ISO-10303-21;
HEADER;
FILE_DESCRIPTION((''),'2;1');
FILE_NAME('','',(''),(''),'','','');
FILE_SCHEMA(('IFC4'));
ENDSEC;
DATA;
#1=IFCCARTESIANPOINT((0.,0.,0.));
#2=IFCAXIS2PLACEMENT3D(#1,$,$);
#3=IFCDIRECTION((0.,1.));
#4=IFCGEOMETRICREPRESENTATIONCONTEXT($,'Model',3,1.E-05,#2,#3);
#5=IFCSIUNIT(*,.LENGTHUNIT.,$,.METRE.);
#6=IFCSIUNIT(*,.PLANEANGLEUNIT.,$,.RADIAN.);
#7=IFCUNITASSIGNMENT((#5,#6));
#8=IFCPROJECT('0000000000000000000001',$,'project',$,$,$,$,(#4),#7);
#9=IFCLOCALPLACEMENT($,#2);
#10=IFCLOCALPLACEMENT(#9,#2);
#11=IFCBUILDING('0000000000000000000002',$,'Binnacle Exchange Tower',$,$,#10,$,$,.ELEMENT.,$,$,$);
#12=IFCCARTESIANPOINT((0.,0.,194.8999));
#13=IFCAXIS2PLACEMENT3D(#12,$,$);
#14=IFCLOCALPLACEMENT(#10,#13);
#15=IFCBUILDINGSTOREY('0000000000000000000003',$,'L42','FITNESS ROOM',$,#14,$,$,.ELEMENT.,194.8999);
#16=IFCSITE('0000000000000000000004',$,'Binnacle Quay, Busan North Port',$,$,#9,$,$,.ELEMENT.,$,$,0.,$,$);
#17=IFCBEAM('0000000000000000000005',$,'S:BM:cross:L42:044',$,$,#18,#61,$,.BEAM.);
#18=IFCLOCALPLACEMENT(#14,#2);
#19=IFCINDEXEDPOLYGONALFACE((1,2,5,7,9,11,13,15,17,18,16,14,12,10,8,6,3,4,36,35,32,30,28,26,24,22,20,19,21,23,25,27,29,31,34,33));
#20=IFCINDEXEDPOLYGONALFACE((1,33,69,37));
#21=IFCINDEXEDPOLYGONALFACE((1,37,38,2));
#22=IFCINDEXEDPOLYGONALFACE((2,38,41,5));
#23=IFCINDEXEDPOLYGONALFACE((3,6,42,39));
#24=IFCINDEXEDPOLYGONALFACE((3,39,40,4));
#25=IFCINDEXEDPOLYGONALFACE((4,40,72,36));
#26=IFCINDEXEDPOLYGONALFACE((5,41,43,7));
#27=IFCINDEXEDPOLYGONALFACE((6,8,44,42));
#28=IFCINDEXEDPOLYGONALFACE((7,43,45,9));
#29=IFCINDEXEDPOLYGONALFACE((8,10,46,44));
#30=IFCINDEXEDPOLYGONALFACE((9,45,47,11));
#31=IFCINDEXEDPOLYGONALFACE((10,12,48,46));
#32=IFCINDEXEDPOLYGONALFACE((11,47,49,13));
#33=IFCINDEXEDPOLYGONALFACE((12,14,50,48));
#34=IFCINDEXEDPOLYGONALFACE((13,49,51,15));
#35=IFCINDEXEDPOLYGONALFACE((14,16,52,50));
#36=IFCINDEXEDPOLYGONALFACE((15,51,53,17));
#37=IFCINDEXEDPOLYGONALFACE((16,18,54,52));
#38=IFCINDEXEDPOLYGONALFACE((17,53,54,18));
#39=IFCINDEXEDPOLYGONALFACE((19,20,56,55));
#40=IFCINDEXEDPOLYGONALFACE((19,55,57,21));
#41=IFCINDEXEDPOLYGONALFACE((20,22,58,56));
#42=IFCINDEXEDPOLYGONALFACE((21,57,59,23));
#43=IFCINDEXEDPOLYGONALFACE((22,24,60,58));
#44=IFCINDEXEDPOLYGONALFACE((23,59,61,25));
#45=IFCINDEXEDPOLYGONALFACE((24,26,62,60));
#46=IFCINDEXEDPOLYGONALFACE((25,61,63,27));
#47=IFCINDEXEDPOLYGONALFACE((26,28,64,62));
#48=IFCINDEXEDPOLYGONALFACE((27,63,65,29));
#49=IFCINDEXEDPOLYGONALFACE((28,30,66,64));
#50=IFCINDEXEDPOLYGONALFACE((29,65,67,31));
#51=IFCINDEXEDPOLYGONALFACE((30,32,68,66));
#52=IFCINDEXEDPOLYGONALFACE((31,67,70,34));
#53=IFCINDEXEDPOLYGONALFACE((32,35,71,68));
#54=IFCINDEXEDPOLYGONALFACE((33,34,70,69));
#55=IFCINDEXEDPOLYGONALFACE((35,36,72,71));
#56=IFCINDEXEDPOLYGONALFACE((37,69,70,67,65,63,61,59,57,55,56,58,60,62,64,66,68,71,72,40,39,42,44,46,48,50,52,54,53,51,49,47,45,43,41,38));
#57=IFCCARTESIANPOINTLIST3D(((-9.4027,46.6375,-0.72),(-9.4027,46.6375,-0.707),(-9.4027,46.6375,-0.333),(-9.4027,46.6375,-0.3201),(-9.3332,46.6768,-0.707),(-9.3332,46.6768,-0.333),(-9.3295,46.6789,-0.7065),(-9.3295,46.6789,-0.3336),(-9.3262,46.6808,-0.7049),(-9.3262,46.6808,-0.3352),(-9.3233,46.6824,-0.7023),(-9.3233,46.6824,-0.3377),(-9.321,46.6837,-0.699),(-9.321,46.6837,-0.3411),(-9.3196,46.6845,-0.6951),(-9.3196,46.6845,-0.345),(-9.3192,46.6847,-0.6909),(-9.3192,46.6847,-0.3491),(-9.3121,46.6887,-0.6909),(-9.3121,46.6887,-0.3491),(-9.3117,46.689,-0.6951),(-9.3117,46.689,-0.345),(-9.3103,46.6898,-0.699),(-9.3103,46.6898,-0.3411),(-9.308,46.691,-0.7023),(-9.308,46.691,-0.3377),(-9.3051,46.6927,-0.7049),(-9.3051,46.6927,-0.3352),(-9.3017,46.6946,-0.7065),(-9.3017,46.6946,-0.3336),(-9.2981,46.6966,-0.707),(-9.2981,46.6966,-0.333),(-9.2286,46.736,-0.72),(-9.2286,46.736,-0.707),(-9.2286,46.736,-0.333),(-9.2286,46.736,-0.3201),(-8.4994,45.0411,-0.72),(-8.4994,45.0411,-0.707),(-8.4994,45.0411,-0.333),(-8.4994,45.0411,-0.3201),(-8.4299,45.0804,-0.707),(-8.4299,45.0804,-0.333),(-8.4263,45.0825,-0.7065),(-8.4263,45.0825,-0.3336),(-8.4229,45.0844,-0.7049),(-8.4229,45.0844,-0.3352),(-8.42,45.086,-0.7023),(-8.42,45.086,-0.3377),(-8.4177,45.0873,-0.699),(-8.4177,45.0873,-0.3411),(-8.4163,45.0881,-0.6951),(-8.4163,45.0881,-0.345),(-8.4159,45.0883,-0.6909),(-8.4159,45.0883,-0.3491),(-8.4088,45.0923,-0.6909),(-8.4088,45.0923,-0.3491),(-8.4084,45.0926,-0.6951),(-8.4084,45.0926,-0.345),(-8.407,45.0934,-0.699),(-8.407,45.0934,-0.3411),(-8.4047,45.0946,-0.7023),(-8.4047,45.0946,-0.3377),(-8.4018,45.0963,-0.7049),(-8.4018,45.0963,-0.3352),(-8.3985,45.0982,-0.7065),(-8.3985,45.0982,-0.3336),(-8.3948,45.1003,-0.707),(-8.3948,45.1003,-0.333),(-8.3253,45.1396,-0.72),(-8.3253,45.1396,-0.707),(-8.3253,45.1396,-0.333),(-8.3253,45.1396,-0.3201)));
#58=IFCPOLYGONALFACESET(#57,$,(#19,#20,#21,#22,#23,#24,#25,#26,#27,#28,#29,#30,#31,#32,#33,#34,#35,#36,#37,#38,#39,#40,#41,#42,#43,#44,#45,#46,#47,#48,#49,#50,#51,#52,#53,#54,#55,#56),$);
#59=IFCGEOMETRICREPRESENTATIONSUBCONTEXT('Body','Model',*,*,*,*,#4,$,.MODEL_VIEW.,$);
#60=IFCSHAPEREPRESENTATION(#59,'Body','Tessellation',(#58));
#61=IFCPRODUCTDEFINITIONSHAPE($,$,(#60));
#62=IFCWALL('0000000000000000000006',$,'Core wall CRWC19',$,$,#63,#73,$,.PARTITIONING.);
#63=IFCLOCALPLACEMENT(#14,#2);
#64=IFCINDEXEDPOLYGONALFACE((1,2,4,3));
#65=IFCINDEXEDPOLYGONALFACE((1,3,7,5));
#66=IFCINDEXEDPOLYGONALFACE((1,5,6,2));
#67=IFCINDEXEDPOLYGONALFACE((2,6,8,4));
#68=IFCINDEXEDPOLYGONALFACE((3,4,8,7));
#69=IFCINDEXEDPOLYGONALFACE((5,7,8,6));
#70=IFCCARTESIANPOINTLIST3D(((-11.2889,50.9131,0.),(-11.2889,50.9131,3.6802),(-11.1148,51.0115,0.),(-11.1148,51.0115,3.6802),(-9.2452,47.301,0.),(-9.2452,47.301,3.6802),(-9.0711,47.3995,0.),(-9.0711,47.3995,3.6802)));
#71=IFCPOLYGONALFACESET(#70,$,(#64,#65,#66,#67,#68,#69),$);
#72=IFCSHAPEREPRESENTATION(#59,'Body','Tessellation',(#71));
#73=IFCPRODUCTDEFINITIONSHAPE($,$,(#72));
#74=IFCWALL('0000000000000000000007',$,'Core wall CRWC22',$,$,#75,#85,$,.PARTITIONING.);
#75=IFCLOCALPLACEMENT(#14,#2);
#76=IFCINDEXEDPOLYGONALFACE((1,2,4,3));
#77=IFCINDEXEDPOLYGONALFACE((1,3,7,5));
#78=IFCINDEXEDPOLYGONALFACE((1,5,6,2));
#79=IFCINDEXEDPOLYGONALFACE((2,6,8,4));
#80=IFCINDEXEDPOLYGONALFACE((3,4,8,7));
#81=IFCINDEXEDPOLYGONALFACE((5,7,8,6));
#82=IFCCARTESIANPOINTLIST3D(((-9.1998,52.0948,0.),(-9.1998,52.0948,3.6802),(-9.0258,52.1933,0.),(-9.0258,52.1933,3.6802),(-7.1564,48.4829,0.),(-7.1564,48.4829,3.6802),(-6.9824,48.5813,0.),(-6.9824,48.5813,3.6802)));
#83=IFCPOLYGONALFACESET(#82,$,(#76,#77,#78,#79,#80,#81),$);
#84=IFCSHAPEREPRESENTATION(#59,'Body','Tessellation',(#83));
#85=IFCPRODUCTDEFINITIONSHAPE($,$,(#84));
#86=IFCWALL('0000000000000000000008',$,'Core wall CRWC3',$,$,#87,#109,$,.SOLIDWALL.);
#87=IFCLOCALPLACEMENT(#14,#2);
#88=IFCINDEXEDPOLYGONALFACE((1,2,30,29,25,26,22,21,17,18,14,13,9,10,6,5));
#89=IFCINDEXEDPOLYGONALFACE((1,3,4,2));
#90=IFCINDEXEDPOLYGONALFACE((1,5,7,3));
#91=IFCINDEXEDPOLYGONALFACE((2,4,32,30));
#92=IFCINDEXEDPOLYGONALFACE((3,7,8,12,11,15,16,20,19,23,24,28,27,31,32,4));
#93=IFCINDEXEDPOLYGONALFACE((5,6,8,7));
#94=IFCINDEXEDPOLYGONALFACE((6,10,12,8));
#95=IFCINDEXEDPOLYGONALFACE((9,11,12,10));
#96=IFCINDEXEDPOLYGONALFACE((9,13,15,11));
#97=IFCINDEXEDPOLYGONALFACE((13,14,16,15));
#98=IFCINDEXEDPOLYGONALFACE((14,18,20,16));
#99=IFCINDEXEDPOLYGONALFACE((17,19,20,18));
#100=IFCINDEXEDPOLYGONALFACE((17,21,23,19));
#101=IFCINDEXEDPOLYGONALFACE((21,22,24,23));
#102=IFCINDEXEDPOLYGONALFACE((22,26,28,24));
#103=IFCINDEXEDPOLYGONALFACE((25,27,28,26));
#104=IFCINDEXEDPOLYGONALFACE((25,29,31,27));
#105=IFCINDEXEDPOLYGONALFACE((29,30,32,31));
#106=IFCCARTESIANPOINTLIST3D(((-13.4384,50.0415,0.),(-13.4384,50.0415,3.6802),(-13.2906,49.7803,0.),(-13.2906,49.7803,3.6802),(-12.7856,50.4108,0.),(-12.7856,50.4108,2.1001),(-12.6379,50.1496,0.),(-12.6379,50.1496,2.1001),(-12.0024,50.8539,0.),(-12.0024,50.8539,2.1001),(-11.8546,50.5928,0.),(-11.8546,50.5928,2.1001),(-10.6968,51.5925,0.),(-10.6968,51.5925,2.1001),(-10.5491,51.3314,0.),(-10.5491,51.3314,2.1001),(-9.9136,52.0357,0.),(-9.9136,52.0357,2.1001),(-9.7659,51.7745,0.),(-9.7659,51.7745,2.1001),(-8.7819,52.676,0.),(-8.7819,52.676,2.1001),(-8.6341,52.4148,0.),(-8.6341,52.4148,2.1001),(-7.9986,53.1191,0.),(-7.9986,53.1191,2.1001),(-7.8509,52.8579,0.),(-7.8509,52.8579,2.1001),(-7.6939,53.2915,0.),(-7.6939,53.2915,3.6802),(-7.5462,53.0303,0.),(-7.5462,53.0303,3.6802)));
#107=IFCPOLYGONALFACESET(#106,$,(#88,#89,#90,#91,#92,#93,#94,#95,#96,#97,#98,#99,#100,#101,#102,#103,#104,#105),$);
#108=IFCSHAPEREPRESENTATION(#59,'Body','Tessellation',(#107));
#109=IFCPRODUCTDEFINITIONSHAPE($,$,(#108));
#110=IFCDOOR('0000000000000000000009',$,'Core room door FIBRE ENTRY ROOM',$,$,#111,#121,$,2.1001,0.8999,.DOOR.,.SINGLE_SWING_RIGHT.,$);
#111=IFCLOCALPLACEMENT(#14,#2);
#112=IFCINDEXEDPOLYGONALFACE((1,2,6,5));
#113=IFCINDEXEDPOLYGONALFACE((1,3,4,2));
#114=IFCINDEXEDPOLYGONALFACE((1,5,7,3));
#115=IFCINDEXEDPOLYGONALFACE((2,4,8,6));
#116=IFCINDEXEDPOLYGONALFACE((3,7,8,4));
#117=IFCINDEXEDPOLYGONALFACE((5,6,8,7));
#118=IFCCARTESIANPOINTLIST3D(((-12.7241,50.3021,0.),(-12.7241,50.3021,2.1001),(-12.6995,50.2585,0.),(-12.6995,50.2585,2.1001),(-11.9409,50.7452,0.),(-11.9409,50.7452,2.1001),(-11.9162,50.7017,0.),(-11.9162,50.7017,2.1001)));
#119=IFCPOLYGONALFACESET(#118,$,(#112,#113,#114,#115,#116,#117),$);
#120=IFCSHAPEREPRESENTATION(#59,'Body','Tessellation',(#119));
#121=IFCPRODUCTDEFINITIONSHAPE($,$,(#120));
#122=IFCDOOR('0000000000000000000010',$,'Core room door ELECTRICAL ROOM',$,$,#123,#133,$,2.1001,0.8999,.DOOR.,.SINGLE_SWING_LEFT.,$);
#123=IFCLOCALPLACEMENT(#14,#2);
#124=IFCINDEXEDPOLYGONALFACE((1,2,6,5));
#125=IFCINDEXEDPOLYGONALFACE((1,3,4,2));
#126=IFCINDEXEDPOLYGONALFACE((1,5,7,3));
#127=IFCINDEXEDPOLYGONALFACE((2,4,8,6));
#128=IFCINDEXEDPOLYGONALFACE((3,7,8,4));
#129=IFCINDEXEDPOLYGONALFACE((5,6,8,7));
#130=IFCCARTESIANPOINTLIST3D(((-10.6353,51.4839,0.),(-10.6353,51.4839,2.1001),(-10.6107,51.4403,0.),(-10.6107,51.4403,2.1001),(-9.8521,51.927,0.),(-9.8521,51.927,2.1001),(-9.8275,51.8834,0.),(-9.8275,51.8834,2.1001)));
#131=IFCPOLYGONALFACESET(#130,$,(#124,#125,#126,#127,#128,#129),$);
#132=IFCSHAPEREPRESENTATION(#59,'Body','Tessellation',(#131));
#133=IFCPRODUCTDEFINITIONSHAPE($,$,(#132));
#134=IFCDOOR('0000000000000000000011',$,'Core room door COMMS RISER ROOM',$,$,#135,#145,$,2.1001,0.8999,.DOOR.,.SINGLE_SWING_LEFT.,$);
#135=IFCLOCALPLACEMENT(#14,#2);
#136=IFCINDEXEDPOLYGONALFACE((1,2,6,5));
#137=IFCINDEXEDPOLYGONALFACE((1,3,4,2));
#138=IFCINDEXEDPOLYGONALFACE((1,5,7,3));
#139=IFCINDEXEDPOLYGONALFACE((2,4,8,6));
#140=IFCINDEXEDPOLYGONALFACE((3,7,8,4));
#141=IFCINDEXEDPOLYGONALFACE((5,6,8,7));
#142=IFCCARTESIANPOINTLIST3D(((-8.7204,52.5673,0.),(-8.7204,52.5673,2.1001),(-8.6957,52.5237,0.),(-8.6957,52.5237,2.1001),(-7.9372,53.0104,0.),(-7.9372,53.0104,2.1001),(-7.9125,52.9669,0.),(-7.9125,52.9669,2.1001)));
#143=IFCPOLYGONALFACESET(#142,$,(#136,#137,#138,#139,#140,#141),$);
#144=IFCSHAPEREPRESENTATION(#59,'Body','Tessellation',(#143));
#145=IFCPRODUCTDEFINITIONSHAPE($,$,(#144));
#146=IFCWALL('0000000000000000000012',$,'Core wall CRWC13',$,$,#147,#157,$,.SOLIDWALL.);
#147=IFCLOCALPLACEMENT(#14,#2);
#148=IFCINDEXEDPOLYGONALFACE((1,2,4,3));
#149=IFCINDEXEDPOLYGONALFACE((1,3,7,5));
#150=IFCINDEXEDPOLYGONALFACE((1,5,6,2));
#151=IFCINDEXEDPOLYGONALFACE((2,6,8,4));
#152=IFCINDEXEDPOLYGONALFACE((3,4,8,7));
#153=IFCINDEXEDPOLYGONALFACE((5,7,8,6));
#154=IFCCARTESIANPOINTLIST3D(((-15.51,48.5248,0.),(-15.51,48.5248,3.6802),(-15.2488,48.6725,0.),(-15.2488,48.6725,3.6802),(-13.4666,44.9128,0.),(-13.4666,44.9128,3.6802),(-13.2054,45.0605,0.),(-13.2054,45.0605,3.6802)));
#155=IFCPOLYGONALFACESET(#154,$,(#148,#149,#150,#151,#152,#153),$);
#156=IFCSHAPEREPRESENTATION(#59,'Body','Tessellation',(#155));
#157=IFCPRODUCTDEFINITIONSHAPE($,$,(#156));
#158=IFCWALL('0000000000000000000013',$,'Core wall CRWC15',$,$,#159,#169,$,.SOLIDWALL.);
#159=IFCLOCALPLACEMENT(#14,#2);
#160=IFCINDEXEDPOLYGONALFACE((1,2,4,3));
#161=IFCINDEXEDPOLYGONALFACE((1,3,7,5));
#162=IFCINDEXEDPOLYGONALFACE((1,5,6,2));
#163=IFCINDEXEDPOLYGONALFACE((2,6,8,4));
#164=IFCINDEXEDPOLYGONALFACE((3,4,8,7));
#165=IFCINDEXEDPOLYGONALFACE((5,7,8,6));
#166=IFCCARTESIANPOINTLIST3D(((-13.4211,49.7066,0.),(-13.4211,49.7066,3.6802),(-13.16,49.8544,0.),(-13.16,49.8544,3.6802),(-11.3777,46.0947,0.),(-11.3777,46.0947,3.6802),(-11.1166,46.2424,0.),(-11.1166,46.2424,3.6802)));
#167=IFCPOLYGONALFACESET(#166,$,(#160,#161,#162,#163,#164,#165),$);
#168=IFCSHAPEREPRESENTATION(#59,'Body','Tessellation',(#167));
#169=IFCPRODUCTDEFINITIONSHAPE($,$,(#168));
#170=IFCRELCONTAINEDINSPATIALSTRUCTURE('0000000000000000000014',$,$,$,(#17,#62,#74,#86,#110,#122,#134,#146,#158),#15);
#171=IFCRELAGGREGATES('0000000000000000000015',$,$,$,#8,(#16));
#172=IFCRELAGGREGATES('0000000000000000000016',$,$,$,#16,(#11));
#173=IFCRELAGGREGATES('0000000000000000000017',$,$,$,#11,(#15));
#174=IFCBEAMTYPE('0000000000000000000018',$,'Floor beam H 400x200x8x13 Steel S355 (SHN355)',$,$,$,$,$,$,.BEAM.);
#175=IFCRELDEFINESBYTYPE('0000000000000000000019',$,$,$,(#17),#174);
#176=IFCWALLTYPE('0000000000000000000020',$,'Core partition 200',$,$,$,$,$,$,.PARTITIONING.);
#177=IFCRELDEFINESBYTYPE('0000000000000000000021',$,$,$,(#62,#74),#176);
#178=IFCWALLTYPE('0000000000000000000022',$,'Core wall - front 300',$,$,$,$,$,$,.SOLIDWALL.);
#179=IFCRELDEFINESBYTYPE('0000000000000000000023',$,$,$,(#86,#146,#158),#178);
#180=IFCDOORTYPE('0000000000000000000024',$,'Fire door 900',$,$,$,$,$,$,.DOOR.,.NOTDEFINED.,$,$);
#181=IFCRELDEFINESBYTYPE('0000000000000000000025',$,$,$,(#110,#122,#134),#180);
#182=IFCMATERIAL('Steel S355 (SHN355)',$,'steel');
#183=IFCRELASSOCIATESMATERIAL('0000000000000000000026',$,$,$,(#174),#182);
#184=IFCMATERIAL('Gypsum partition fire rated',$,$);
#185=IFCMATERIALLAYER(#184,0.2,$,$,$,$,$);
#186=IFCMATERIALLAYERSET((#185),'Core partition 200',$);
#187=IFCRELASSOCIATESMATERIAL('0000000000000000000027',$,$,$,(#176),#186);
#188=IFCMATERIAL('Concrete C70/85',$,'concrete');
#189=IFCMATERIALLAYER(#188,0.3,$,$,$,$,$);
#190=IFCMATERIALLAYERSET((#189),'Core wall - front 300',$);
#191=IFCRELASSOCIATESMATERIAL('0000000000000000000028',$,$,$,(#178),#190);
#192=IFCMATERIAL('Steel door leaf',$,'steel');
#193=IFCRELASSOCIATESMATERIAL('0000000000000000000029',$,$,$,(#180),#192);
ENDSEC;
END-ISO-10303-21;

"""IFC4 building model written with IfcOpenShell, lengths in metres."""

from ifc_helpers import new_model, si_unit, direction, frame, frame_2d, origin, origin_2d, place, context, subcontext, project, spatial, rectangle, i_section, extrude, material, layer, layer_set, material_profile, profile_set, type_object, element, fill, save


model = new_model("IFC4")

# Units and contexts
model_context = context("Model", 3, precision=1e-05, world=origin(), true_north=direction((0.0, 1.0)))
body_context = subcontext(model_context, "Body", "Model", "MODEL_VIEW")
ifc_project = project(units=[si_unit("LENGTHUNIT", "METRE"), si_unit("PLANEANGLEUNIT", "RADIAN")], contexts=[model_context])

# Site, building, storey
site_placement = place(None, origin())
site = spatial("IfcSite", under=ifc_project, at=site_placement, Name="Binnacle Quay, Busan North Port", CompositionType="ELEMENT", RefElevation=0.0)
building_placement = place(site_placement, origin())
building = spatial("IfcBuilding", under=site, at=building_placement, Name="Binnacle Exchange Tower", CompositionType="ELEMENT")
storey_placement = place(building_placement, frame((0.0, 0.0, 194.8999)))
storey = spatial("IfcBuildingStorey", under=building, at=storey_placement, Name="L42", Description="FITNESS ROOM", CompositionType="ELEMENT", Elevation=194.8999)

# Beam
ifc_material_1 = material(Name="Steel S355 (SHN355)", Category="steel")
ifc_material_profile = material_profile(ifc_material_1, i_section(OverallWidth=0.2, OverallDepth=0.3999, WebThickness=0.0081, FlangeThickness=0.0129, FilletRadius=0.0161, at=origin_2d()), Name="H 400x200x8x13")
ifc_profile_set = profile_set([ifc_material_profile], Name="Steel S355 (SHN355)")
beam_type = type_object("IfcBeamType", Name="Floor beam H 400x200x8x13 Steel S355 (SHN355)", PredefinedType="BEAM", material=ifc_profile_set)
beam_placement = place(storey_placement, frame((-8.4124, 45.0903, -0.52), z_axis=(-0.492465, 0.870332, 0.0), x_axis=(-0.870332, -0.492465, 0.0)))
element("IfcBeam", 1, at=beam_placement, inside=storey, type_object=beam_type, Name="S:BM:cross:L42:044", PredefinedType="BEAM", context=body_context, shape_type="SweptSolid", body=[
    extrude(i_section(OverallWidth=0.2, OverallDepth=0.3999, WebThickness=0.0081, FlangeThickness=0.0129, FilletRadius=0.0161, at=origin_2d()), origin(), (0.0, 0.0, 1.0), 1.8342),
])

# Walls
ifc_material_2 = material(Name="Gypsum partition fire rated")
ifc_layer_1 = layer(ifc_material_2, 0.2)
ifc_layer_set_1 = layer_set([ifc_layer_1], Name="Core partition 200")
wall_type_1 = type_object("IfcWallType", Name="Core partition 200", PredefinedType="PARTITIONING", material=ifc_layer_set_1)
wall_1_placement = place(storey_placement, frame((-11.2019, 50.9624, 0.0), z_axis=(0.0, 0.0, 1.0), x_axis=(0.492441, -0.870346, 0.0)))
element("IfcWall", 2, at=wall_1_placement, inside=storey, type_object=wall_type_1, Name="Core wall CRWC19", PredefinedType="PARTITIONING", context=body_context, shape_type="SweptSolid", body=[
    extrude(rectangle(XDim=4.1501, YDim=0.2, at=frame_2d((2.0752, 0.0))), origin(), (0.0, 0.0, 1.0), 3.6802),
])
wall_2_placement = place(storey_placement, frame((-9.1128, 52.144, 0.0), z_axis=(0.0, 0.0, 1.0), x_axis=(0.492396, -0.870371, 0.0)))
element("IfcWall", 3, at=wall_2_placement, inside=storey, type_object=wall_type_1, Name="Core wall CRWC22", PredefinedType="PARTITIONING", context=body_context, shape_type="SweptSolid", body=[
    extrude(rectangle(XDim=4.1499, YDim=0.2, at=frame_2d((2.075, 0.0))), origin(), (0.0, 0.0, 1.0), 3.6802),
])

# Wall, openings, doors
ifc_material_3 = material(Name="Concrete C70/85", Category="concrete")
ifc_layer_2 = layer(ifc_material_3, 0.3)
ifc_layer_set_2 = layer_set([ifc_layer_2], Name="Core wall - front 300")
wall_type_2 = type_object("IfcWallType", Name="Core wall - front 300", PredefinedType="SOLIDWALL", material=ifc_layer_set_2)
wall_3_placement = place(storey_placement, frame((-13.3645, 49.9109, 0.0), z_axis=(0.0, 0.0, 1.0), x_axis=(0.870357, 0.492422, 0.0)))
wall_3 = element("IfcWall", 4, at=wall_3_placement, inside=storey, type_object=wall_type_2, Name="Core wall CRWC3", PredefinedType="SOLIDWALL", context=body_context, shape_type="SweptSolid", body=[
    extrude(rectangle(XDim=6.6001, YDim=0.3, at=frame_2d((3.3, 0.0))), origin(), (0.0, 0.0, 1.0), 3.6802),
])
opening_1_placement = place(wall_3_placement, frame((0.75, 0.0, 0.0)))
opening_1 = element("IfcOpeningElement", 5, at=opening_1_placement, cuts=wall_3, PredefinedType="OPENING", context=body_context, shape_type="SweptSolid", body=[
    extrude(rectangle(XDim=0.8999, YDim=2.1001, at=frame_2d((0.45, 1.05))), frame((0.0, 0.1599, 0.0), z_axis=(0.0, -1.0, 0.0), x_axis=(1.0, 0.0, 0.0)), (0.0, 0.0, 1.0), 0.3201),
])
opening_2_placement = place(wall_3_placement, frame((3.1499, 0.0, 0.0)))
opening_2 = element("IfcOpeningElement", 6, at=opening_2_placement, cuts=wall_3, PredefinedType="OPENING", context=body_context, shape_type="SweptSolid", body=[
    extrude(rectangle(XDim=0.8999, YDim=2.1001, at=frame_2d((0.45, 1.05))), frame((0.0, 0.1599, 0.0), z_axis=(0.0, -1.0, 0.0), x_axis=(1.0, 0.0, 0.0)), (0.0, 0.0, 1.0), 0.3201),
])
opening_3_placement = place(wall_3_placement, frame((5.3501, 0.0, 0.0)))
opening_3 = element("IfcOpeningElement", 7, at=opening_3_placement, cuts=wall_3, PredefinedType="OPENING", context=body_context, shape_type="SweptSolid", body=[
    extrude(rectangle(XDim=0.8999, YDim=2.1001, at=frame_2d((0.45, 1.05))), frame((0.0, 0.1599, 0.0), z_axis=(0.0, -1.0, 0.0), x_axis=(1.0, 0.0, 0.0)), (0.0, 0.0, 1.0), 0.3201),
])
ifc_material_4 = material(Name="Steel door leaf", Category="steel")
door_type = type_object("IfcDoorType", Name="Fire door 900", OperationType="NOTDEFINED", PredefinedType="DOOR", material=ifc_material_4)
door_1_placement = place(opening_1_placement, frame((0.8999, 0.0, 0.0), z_axis=(0.0, 0.0, 1.0), x_axis=(-1.0, 0.0, 0.0)))
door_1 = element("IfcDoor", 8, at=door_1_placement, inside=storey, type_object=door_type, Name="Core room door FIBRE ENTRY ROOM", OperationType="SINGLE_SWING_RIGHT", OverallHeight=2.1001, OverallWidth=0.8999, PredefinedType="DOOR", context=body_context, shape_type="SweptSolid", body=[
    extrude(rectangle(XDim=0.8999, YDim=2.1001, at=frame_2d((0.45, 1.05))), frame((0.0, 0.0249, 0.0), z_axis=(0.0, -1.0, 0.0), x_axis=(1.0, 0.0, 0.0)), (0.0, 0.0, 1.0), 0.05),
])
fill(opening_1, door_1)
door_2_placement = place(opening_2_placement, frame((0.8999, 0.0, 0.0), z_axis=(0.0, 0.0, 1.0), x_axis=(-1.0, 0.0, 0.0)))
door_2 = element("IfcDoor", 9, at=door_2_placement, inside=storey, type_object=door_type, Name="Core room door ELECTRICAL ROOM", OperationType="SINGLE_SWING_LEFT", OverallHeight=2.1001, OverallWidth=0.8999, PredefinedType="DOOR", context=body_context, shape_type="SweptSolid", body=[
    extrude(rectangle(XDim=0.8999, YDim=2.1001, at=frame_2d((0.45, 1.05))), frame((0.0, 0.0249, 0.0), z_axis=(0.0, -1.0, 0.0), x_axis=(1.0, 0.0, 0.0)), (0.0, 0.0, 1.0), 0.05),
])
fill(opening_2, door_2)
door_3_placement = place(opening_3_placement, frame((0.8999, 0.0, 0.0), z_axis=(0.0, 0.0, 1.0), x_axis=(-1.0, 0.0, 0.0)))
door_3 = element("IfcDoor", 10, at=door_3_placement, inside=storey, type_object=door_type, Name="Core room door COMMS RISER ROOM", OperationType="SINGLE_SWING_LEFT", OverallHeight=2.1001, OverallWidth=0.8999, PredefinedType="DOOR", context=body_context, shape_type="SweptSolid", body=[
    extrude(rectangle(XDim=0.8999, YDim=2.1001, at=frame_2d((0.45, 1.05))), frame((0.0, 0.0249, 0.0), z_axis=(0.0, -1.0, 0.0), x_axis=(1.0, 0.0, 0.0)), (0.0, 0.0, 1.0), 0.05),
])
fill(opening_3, door_3)

# Walls
for number, where, z_axis, x_axis, name in (
    (11, (-15.3794, 48.5986, 0.0), (0.0, 0.0, 1.0), (0.492396, -0.870371, 0.0), "Core wall CRWC13"),
    (12, (-13.2905, 49.7805, 0.0), (0.0, 0.0, 1.0), (0.492396, -0.870371, 0.0), "Core wall CRWC15"),
):
    element("IfcWall", number, at=place(storey_placement, frame(where, z_axis=z_axis, x_axis=x_axis)), inside=storey, type_object=wall_type_2, Name=name, PredefinedType="SOLIDWALL", context=body_context, shape_type="SweptSolid", body=[
        extrude(rectangle(XDim=4.1499, YDim=0.3, at=frame_2d((2.075, 0.0))), origin(), (0.0, 0.0, 1.0), 3.6802),
    ])

save(model, "model.ifc")
